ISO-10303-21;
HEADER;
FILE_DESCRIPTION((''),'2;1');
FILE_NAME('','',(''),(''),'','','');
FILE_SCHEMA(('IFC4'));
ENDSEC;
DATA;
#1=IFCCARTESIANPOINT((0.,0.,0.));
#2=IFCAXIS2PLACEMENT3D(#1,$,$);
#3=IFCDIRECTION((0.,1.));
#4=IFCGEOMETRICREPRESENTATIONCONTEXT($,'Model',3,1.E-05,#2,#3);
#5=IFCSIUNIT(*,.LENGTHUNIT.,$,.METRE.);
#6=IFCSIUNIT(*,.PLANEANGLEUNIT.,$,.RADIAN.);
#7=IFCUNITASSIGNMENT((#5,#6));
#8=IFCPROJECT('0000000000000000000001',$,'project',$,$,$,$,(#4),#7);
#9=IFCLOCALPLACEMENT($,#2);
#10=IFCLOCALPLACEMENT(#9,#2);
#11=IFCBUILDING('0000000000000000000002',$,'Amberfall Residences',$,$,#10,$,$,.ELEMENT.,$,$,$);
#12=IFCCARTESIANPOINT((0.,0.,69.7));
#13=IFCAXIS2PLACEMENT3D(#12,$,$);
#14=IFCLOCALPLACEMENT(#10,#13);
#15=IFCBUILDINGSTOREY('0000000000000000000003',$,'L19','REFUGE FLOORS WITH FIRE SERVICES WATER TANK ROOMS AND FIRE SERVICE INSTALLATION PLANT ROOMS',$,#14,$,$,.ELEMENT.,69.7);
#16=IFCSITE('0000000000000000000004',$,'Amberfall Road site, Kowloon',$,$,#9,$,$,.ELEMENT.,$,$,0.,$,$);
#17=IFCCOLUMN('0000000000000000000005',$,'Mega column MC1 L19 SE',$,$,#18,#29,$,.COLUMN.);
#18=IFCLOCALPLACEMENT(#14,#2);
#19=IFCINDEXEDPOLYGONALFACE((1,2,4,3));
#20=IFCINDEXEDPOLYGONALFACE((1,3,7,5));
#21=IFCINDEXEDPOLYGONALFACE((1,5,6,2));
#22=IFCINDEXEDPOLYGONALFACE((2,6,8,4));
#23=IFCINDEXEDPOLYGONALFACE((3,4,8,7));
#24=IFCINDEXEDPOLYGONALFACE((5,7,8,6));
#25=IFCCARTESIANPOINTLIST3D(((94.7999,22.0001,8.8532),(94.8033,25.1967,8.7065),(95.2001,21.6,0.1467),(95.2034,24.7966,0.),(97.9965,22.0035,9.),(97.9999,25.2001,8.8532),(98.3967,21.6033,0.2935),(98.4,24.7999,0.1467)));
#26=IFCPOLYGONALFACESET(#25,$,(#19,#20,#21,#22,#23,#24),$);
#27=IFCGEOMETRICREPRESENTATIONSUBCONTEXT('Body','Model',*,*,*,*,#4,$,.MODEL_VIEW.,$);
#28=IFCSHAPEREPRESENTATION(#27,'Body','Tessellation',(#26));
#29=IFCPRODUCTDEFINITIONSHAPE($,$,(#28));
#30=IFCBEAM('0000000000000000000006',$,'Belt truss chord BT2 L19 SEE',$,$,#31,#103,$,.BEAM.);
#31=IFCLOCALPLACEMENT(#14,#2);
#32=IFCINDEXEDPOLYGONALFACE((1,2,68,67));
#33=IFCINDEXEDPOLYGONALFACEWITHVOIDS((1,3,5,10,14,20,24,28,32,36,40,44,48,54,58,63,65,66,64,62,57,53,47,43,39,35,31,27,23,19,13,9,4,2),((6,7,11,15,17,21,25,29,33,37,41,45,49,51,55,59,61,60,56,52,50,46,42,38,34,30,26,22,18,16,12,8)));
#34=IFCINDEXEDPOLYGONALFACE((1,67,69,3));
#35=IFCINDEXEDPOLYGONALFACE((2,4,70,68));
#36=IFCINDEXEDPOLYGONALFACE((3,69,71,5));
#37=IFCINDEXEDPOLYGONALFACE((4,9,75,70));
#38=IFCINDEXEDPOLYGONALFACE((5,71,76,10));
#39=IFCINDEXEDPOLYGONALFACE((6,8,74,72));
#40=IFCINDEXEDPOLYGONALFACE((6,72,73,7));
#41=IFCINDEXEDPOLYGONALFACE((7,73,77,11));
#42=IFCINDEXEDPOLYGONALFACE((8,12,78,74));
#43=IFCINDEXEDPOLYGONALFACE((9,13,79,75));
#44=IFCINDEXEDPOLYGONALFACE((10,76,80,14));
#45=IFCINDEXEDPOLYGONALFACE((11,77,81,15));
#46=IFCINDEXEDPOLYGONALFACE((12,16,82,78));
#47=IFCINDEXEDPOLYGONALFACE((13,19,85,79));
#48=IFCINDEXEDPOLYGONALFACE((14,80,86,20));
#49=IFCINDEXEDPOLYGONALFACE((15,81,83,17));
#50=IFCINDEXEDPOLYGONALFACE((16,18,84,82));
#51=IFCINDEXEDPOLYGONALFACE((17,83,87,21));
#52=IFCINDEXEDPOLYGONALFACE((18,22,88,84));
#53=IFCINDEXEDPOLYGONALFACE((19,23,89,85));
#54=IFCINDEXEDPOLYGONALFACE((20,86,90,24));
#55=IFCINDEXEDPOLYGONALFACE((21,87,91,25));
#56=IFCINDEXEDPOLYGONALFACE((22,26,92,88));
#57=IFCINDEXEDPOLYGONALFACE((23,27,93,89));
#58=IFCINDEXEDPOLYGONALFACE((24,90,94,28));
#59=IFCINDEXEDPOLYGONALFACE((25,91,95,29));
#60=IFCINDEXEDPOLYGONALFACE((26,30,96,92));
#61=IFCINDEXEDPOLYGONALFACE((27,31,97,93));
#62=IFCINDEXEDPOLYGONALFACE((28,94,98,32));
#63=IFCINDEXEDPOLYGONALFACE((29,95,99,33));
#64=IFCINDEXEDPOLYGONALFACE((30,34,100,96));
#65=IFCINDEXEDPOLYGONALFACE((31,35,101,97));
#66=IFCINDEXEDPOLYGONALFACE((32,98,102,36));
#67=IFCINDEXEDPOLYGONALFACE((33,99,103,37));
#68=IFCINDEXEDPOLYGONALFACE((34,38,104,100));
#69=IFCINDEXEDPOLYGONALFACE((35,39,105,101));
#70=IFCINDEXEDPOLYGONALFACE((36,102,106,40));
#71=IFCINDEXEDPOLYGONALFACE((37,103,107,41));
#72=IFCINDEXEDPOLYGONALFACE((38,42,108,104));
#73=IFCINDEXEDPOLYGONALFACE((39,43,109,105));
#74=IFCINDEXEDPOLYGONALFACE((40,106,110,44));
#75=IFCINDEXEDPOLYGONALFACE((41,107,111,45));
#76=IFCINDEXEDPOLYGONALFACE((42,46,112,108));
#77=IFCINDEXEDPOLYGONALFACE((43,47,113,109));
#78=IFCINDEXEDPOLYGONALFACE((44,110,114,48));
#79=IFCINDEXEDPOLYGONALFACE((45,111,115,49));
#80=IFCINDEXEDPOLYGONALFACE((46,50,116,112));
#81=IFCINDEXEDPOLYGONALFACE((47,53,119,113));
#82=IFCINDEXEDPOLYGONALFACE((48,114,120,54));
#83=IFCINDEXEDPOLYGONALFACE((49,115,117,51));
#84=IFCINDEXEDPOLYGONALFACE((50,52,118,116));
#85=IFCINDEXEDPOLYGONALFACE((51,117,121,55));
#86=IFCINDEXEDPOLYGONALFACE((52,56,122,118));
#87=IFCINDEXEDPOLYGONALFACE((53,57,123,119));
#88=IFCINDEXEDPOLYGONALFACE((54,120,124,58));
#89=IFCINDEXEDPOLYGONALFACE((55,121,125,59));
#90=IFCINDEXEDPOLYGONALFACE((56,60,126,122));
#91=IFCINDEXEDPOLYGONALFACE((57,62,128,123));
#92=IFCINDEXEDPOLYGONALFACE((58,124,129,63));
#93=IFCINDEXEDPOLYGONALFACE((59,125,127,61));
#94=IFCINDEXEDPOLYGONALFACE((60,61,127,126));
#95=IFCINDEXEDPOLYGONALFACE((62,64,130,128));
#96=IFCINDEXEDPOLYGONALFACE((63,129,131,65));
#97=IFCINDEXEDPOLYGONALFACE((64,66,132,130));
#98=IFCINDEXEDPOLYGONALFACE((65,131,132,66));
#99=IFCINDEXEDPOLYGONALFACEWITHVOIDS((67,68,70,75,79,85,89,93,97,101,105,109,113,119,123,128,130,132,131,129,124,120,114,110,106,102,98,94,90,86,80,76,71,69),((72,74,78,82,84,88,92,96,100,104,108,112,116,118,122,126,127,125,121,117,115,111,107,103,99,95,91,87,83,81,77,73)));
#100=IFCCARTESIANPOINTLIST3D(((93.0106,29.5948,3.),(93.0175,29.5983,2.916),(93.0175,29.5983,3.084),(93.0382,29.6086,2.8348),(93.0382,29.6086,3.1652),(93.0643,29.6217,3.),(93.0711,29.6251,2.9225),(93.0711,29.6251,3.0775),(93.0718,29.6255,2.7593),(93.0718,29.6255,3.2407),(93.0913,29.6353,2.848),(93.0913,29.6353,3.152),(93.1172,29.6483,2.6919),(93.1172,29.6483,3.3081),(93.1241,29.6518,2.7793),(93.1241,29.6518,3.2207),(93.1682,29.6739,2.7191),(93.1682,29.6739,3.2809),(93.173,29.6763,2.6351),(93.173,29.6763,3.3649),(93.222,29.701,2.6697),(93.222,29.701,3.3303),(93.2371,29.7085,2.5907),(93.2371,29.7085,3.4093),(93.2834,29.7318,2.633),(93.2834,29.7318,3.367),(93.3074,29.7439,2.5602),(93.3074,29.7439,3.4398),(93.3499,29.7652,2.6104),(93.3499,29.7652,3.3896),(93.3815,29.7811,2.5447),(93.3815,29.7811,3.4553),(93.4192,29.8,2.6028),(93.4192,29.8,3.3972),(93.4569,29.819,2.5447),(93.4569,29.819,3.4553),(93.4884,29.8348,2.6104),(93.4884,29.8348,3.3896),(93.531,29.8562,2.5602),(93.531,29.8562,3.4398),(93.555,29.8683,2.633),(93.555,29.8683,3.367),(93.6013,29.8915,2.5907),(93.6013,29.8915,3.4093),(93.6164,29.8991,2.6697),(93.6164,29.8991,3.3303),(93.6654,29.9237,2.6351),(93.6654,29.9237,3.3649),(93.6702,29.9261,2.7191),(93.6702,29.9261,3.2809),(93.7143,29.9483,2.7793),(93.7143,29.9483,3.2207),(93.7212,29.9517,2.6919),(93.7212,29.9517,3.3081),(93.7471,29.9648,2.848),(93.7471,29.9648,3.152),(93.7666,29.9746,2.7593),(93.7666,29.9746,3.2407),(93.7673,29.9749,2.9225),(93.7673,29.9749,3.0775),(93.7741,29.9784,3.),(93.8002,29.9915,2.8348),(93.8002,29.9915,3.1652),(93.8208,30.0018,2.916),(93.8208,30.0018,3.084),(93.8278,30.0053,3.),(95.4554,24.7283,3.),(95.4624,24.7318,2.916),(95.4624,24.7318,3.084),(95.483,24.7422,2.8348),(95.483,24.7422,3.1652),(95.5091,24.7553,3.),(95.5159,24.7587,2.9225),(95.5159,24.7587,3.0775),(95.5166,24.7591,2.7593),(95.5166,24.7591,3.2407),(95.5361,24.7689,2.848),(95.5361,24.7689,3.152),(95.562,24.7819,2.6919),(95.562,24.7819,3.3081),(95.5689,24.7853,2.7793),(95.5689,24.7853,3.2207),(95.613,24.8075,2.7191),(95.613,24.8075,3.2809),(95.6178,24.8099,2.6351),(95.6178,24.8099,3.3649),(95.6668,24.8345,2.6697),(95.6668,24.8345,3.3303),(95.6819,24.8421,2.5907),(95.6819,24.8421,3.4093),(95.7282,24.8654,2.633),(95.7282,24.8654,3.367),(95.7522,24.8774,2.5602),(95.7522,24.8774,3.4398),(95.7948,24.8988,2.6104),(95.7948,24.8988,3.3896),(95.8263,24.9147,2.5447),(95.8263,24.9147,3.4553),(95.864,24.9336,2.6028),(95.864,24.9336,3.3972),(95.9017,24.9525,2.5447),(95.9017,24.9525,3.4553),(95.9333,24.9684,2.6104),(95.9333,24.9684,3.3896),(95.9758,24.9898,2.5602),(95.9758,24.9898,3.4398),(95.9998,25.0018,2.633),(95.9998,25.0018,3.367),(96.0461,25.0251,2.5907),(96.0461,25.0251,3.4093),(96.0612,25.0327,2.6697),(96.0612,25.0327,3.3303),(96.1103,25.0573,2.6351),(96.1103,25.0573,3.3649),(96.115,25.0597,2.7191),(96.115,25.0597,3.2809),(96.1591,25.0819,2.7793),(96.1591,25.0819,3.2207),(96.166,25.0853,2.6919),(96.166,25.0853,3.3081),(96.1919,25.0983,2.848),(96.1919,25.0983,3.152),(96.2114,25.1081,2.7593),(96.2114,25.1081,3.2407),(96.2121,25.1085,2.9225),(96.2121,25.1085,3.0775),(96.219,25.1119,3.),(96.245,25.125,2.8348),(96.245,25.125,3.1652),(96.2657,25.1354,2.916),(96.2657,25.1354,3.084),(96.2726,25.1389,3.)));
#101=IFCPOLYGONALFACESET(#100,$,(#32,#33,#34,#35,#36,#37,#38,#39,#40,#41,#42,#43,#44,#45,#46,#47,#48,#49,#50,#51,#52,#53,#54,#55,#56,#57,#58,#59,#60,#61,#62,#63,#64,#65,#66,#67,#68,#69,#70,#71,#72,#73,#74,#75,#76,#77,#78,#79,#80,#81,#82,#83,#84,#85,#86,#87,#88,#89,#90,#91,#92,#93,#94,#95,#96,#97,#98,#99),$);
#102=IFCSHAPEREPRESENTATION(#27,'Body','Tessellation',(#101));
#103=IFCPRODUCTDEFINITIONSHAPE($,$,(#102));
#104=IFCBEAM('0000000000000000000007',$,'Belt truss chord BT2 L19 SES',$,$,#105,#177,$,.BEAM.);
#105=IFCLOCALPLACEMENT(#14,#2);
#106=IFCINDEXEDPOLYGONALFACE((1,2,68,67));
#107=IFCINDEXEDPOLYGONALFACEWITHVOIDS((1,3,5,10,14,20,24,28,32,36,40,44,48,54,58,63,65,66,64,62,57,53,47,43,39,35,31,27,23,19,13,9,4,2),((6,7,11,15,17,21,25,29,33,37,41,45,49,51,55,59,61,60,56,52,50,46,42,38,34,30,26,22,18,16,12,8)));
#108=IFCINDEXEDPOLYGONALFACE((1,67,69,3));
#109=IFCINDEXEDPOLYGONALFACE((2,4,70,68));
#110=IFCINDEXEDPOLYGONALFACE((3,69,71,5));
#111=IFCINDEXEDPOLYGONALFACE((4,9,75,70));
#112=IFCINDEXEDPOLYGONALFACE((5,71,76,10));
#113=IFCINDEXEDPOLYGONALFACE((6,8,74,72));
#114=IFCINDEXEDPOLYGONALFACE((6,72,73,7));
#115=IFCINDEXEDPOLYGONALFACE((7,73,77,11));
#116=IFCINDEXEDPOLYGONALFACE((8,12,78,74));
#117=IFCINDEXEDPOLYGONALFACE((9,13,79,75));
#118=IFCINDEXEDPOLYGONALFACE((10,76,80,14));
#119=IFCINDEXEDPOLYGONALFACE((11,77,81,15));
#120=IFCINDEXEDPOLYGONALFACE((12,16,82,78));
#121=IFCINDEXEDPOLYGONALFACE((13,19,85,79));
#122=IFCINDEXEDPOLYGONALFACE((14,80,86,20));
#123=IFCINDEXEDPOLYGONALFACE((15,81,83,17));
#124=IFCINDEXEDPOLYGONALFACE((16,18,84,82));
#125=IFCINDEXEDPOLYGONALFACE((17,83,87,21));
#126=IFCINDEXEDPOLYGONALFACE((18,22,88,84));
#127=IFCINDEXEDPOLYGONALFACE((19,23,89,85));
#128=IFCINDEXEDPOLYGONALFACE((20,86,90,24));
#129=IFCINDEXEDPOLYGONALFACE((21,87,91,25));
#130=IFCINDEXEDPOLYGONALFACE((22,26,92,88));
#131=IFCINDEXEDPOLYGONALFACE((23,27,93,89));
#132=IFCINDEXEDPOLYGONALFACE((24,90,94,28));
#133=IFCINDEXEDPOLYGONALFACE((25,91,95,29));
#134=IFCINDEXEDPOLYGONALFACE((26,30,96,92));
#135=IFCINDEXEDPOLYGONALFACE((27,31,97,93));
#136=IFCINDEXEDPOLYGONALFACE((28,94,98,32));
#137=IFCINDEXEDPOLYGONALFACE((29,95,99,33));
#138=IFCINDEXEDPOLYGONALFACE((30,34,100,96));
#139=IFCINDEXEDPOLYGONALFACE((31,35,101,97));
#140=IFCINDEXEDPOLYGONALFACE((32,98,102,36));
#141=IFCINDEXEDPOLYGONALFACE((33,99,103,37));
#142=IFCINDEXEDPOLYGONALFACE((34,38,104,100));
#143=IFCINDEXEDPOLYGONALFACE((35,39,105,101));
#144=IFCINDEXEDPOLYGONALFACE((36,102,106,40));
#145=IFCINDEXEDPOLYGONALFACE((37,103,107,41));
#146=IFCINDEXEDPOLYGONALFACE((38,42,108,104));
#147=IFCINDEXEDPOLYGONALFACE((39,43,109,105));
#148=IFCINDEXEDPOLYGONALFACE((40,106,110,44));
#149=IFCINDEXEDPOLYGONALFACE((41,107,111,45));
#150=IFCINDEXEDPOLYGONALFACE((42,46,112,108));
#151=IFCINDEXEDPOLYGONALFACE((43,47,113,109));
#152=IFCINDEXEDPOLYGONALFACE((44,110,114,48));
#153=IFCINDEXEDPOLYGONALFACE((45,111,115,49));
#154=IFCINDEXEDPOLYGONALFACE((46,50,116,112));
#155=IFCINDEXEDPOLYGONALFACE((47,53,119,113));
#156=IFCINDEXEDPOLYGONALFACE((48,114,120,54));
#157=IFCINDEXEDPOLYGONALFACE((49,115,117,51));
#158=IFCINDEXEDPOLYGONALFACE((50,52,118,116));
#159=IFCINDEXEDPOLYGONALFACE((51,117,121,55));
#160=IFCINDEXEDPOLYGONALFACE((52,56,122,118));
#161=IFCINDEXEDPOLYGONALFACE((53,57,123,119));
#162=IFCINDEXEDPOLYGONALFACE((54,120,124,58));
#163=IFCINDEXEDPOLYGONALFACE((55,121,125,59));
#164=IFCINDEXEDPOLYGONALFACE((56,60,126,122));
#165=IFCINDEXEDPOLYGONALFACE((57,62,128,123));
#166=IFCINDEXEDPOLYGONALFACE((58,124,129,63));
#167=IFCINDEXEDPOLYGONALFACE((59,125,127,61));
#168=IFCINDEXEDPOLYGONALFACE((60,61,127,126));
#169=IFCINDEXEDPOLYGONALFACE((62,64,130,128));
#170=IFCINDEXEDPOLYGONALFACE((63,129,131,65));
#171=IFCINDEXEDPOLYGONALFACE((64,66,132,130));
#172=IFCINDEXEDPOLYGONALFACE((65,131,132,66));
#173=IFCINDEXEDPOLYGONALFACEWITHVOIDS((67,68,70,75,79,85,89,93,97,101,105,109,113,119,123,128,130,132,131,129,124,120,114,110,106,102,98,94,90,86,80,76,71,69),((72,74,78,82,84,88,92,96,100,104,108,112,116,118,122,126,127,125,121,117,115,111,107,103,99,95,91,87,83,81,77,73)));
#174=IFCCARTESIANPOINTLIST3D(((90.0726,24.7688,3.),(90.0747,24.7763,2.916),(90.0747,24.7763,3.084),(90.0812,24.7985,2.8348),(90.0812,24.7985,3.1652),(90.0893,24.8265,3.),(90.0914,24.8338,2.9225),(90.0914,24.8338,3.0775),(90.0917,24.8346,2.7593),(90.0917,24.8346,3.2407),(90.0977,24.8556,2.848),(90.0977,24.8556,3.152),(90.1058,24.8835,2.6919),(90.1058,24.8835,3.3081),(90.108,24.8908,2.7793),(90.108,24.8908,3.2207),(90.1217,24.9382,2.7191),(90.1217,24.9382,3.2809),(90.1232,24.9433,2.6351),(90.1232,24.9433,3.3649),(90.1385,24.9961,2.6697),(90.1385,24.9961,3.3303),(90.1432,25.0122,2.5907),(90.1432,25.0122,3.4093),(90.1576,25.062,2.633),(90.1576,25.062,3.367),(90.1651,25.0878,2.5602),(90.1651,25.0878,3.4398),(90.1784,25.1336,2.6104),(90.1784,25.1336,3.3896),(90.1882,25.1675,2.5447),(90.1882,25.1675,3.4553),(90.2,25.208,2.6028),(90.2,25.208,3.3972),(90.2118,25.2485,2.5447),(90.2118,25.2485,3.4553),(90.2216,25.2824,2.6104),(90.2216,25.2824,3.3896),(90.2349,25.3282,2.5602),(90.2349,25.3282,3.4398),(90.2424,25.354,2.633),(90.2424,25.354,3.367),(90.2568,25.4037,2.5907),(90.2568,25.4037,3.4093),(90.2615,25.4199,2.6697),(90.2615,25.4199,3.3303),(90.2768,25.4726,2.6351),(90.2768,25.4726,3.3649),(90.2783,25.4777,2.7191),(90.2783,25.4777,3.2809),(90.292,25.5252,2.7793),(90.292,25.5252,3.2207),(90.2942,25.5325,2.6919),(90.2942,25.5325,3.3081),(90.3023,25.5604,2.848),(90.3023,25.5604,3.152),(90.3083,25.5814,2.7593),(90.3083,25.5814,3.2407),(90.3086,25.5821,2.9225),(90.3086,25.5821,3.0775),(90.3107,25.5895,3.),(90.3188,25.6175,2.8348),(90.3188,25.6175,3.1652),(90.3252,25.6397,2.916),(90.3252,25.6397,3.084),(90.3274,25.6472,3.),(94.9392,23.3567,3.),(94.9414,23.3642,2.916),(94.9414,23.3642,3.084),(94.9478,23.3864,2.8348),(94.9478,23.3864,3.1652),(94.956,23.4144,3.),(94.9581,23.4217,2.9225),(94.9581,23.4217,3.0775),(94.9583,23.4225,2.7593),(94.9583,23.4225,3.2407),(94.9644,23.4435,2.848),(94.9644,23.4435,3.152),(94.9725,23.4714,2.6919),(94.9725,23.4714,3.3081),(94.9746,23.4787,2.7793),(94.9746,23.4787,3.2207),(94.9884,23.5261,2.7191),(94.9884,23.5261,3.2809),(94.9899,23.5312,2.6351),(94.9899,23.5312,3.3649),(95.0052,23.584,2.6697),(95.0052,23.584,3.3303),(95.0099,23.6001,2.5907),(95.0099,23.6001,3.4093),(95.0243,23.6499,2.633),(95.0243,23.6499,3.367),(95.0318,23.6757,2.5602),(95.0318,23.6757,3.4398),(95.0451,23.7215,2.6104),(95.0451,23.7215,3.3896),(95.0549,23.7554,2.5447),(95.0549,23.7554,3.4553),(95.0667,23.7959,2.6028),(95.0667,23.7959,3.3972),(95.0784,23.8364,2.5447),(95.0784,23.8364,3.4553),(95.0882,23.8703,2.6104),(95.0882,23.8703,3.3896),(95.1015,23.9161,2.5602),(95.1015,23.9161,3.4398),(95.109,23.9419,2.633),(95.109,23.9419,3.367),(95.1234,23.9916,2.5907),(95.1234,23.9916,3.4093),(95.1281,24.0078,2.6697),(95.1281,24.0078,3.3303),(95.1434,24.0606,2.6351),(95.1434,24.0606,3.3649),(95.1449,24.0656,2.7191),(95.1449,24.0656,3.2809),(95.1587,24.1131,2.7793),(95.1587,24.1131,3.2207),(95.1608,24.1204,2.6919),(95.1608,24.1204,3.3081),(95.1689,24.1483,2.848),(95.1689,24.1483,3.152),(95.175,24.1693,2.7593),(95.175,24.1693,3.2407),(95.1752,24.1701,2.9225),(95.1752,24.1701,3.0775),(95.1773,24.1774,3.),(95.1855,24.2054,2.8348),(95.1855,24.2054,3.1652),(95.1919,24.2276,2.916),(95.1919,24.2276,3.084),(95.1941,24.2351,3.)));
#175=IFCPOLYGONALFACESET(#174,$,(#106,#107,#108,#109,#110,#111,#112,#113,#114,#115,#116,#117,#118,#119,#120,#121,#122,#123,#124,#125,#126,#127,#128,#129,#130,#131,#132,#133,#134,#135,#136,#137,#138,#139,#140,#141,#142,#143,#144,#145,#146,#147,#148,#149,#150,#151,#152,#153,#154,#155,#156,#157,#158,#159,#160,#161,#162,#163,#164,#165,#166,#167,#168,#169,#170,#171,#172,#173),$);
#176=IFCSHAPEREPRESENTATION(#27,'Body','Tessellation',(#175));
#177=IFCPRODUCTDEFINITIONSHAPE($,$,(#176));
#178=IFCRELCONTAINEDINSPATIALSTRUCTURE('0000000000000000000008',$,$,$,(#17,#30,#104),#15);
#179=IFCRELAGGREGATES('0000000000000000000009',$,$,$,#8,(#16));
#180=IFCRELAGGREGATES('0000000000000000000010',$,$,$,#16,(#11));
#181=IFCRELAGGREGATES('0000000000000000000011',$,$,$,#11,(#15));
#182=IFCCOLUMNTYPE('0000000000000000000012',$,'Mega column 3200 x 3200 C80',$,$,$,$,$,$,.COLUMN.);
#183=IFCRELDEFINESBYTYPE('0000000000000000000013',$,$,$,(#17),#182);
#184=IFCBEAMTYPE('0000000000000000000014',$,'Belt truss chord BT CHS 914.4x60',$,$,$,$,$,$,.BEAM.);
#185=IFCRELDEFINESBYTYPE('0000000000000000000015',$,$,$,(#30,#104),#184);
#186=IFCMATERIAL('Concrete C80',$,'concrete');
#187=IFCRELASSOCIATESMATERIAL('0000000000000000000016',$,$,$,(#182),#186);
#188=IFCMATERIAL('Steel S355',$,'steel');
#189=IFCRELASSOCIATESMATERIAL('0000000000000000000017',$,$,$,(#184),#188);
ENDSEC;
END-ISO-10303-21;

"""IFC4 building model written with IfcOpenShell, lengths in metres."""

from ifc_helpers import new_model, si_unit, direction, frame, origin, origin_2d, place, context, subcontext, project, spatial, rectangle, hollow_circle, extrude, material, material_profile, profile_set, type_object, element, save


model = new_model("IFC4")

# Units and contexts
model_context = context("Model", 3, precision=1e-05, world=origin(), true_north=direction((0.0, 1.0)))
body_context = subcontext(model_context, "Body", "Model", "MODEL_VIEW")
ifc_project = project(units=[si_unit("LENGTHUNIT", "METRE"), si_unit("PLANEANGLEUNIT", "RADIAN")], contexts=[model_context])

# Site, building, storey
site_placement = place(None, origin())
site = spatial("IfcSite", under=ifc_project, at=site_placement, Name="Amberfall Road site, Kowloon", CompositionType="ELEMENT", RefElevation=0.0)
building_placement = place(site_placement, origin())
building = spatial("IfcBuilding", under=site, at=building_placement, Name="Amberfall Residences", CompositionType="ELEMENT")
storey_placement = place(building_placement, frame((0.0, 0.0, 69.7)))
storey = spatial("IfcBuildingStorey", under=building, at=storey_placement, Name="L19", Description="REFUGE FLOORS WITH FIRE SERVICES WATER TANK ROOMS AND FIRE SERVICE INSTALLATION PLANT ROOMS", CompositionType="ELEMENT", Elevation=69.7)

# Column
ifc_material_1 = material(Name="Concrete C80", Category="concrete")
ifc_material_profile_1 = material_profile(ifc_material_1, rectangle(XDim=3.2, YDim=3.2, at=origin_2d()), Name="Mega column 3200 x 3200 C80")
ifc_profile_set_1 = profile_set([ifc_material_profile_1], Name="Concrete C80")
column_type = type_object("IfcColumnType", Name="Mega column 3200 x 3200 C80", PredefinedType="COLUMN", material=ifc_profile_set_1)
column_placement = place(storey_placement, frame((96.8, 23.2, 0.1467), z_axis=(-0.045863, 0.045863, 0.997894), x_axis=(-0.001053, -0.998947, 0.045863)))
element("IfcColumn", 1, at=column_placement, inside=storey, type_object=column_type, Name="Mega column MC1 L19 SE", PredefinedType="COLUMN", context=body_context, shape_type="SweptSolid", body=[
    extrude(rectangle(XDim=3.2, YDim=3.2, at=origin_2d()), origin(), (0.0, 0.0, 1.0), 8.7249),
])

# Beams
ifc_material_2 = material(Name="Steel S355", Category="steel")
ifc_material_profile_2 = material_profile(ifc_material_2, hollow_circle(Radius=0.4573, WallThickness=0.0601, at=origin_2d()), Name="CHS 914.4x60")
ifc_profile_set_2 = profile_set([ifc_material_profile_2], Name="Steel S355")
beam_type_1 = type_object("IfcBeamType", Name="Belt truss chord BT CHS 914.4x60", PredefinedType="BEAM", material=ifc_profile_set_2)
beam_1_placement = place(storey_placement, frame((95.864, 24.9336, 3.0), z_axis=(-0.448916, 0.893574, 0.0), x_axis=(-0.893574, -0.448916, 0.0)))
element("IfcBeam", 2, at=beam_1_placement, inside=storey, type_object=beam_type_1, Name="Belt truss chord BT2 L19 SEE", PredefinedType="BEAM", context=body_context, shape_type="SweptSolid", body=[
    extrude(hollow_circle(Radius=0.4573, WallThickness=0.0601, at=origin_2d()), origin(), (0.0, 0.0, 1.0), 5.446),
])
beam_2_placement = place(storey_placement, frame((95.0667, 23.7959, 3.0), z_axis=(-0.960389, 0.278664, 0.0), x_axis=(-0.278664, -0.960389, 0.0)))
element("IfcBeam", 3, at=beam_2_placement, inside=storey, type_object=beam_type_1, Name="Belt truss chord BT2 L19 SES", PredefinedType="BEAM", context=body_context, shape_type="SweptSolid", body=[
    extrude(hollow_circle(Radius=0.4573, WallThickness=0.0601, at=origin_2d()), origin(), (0.0, 0.0, 1.0), 5.0674),
])

save(model, "model.ifc")
